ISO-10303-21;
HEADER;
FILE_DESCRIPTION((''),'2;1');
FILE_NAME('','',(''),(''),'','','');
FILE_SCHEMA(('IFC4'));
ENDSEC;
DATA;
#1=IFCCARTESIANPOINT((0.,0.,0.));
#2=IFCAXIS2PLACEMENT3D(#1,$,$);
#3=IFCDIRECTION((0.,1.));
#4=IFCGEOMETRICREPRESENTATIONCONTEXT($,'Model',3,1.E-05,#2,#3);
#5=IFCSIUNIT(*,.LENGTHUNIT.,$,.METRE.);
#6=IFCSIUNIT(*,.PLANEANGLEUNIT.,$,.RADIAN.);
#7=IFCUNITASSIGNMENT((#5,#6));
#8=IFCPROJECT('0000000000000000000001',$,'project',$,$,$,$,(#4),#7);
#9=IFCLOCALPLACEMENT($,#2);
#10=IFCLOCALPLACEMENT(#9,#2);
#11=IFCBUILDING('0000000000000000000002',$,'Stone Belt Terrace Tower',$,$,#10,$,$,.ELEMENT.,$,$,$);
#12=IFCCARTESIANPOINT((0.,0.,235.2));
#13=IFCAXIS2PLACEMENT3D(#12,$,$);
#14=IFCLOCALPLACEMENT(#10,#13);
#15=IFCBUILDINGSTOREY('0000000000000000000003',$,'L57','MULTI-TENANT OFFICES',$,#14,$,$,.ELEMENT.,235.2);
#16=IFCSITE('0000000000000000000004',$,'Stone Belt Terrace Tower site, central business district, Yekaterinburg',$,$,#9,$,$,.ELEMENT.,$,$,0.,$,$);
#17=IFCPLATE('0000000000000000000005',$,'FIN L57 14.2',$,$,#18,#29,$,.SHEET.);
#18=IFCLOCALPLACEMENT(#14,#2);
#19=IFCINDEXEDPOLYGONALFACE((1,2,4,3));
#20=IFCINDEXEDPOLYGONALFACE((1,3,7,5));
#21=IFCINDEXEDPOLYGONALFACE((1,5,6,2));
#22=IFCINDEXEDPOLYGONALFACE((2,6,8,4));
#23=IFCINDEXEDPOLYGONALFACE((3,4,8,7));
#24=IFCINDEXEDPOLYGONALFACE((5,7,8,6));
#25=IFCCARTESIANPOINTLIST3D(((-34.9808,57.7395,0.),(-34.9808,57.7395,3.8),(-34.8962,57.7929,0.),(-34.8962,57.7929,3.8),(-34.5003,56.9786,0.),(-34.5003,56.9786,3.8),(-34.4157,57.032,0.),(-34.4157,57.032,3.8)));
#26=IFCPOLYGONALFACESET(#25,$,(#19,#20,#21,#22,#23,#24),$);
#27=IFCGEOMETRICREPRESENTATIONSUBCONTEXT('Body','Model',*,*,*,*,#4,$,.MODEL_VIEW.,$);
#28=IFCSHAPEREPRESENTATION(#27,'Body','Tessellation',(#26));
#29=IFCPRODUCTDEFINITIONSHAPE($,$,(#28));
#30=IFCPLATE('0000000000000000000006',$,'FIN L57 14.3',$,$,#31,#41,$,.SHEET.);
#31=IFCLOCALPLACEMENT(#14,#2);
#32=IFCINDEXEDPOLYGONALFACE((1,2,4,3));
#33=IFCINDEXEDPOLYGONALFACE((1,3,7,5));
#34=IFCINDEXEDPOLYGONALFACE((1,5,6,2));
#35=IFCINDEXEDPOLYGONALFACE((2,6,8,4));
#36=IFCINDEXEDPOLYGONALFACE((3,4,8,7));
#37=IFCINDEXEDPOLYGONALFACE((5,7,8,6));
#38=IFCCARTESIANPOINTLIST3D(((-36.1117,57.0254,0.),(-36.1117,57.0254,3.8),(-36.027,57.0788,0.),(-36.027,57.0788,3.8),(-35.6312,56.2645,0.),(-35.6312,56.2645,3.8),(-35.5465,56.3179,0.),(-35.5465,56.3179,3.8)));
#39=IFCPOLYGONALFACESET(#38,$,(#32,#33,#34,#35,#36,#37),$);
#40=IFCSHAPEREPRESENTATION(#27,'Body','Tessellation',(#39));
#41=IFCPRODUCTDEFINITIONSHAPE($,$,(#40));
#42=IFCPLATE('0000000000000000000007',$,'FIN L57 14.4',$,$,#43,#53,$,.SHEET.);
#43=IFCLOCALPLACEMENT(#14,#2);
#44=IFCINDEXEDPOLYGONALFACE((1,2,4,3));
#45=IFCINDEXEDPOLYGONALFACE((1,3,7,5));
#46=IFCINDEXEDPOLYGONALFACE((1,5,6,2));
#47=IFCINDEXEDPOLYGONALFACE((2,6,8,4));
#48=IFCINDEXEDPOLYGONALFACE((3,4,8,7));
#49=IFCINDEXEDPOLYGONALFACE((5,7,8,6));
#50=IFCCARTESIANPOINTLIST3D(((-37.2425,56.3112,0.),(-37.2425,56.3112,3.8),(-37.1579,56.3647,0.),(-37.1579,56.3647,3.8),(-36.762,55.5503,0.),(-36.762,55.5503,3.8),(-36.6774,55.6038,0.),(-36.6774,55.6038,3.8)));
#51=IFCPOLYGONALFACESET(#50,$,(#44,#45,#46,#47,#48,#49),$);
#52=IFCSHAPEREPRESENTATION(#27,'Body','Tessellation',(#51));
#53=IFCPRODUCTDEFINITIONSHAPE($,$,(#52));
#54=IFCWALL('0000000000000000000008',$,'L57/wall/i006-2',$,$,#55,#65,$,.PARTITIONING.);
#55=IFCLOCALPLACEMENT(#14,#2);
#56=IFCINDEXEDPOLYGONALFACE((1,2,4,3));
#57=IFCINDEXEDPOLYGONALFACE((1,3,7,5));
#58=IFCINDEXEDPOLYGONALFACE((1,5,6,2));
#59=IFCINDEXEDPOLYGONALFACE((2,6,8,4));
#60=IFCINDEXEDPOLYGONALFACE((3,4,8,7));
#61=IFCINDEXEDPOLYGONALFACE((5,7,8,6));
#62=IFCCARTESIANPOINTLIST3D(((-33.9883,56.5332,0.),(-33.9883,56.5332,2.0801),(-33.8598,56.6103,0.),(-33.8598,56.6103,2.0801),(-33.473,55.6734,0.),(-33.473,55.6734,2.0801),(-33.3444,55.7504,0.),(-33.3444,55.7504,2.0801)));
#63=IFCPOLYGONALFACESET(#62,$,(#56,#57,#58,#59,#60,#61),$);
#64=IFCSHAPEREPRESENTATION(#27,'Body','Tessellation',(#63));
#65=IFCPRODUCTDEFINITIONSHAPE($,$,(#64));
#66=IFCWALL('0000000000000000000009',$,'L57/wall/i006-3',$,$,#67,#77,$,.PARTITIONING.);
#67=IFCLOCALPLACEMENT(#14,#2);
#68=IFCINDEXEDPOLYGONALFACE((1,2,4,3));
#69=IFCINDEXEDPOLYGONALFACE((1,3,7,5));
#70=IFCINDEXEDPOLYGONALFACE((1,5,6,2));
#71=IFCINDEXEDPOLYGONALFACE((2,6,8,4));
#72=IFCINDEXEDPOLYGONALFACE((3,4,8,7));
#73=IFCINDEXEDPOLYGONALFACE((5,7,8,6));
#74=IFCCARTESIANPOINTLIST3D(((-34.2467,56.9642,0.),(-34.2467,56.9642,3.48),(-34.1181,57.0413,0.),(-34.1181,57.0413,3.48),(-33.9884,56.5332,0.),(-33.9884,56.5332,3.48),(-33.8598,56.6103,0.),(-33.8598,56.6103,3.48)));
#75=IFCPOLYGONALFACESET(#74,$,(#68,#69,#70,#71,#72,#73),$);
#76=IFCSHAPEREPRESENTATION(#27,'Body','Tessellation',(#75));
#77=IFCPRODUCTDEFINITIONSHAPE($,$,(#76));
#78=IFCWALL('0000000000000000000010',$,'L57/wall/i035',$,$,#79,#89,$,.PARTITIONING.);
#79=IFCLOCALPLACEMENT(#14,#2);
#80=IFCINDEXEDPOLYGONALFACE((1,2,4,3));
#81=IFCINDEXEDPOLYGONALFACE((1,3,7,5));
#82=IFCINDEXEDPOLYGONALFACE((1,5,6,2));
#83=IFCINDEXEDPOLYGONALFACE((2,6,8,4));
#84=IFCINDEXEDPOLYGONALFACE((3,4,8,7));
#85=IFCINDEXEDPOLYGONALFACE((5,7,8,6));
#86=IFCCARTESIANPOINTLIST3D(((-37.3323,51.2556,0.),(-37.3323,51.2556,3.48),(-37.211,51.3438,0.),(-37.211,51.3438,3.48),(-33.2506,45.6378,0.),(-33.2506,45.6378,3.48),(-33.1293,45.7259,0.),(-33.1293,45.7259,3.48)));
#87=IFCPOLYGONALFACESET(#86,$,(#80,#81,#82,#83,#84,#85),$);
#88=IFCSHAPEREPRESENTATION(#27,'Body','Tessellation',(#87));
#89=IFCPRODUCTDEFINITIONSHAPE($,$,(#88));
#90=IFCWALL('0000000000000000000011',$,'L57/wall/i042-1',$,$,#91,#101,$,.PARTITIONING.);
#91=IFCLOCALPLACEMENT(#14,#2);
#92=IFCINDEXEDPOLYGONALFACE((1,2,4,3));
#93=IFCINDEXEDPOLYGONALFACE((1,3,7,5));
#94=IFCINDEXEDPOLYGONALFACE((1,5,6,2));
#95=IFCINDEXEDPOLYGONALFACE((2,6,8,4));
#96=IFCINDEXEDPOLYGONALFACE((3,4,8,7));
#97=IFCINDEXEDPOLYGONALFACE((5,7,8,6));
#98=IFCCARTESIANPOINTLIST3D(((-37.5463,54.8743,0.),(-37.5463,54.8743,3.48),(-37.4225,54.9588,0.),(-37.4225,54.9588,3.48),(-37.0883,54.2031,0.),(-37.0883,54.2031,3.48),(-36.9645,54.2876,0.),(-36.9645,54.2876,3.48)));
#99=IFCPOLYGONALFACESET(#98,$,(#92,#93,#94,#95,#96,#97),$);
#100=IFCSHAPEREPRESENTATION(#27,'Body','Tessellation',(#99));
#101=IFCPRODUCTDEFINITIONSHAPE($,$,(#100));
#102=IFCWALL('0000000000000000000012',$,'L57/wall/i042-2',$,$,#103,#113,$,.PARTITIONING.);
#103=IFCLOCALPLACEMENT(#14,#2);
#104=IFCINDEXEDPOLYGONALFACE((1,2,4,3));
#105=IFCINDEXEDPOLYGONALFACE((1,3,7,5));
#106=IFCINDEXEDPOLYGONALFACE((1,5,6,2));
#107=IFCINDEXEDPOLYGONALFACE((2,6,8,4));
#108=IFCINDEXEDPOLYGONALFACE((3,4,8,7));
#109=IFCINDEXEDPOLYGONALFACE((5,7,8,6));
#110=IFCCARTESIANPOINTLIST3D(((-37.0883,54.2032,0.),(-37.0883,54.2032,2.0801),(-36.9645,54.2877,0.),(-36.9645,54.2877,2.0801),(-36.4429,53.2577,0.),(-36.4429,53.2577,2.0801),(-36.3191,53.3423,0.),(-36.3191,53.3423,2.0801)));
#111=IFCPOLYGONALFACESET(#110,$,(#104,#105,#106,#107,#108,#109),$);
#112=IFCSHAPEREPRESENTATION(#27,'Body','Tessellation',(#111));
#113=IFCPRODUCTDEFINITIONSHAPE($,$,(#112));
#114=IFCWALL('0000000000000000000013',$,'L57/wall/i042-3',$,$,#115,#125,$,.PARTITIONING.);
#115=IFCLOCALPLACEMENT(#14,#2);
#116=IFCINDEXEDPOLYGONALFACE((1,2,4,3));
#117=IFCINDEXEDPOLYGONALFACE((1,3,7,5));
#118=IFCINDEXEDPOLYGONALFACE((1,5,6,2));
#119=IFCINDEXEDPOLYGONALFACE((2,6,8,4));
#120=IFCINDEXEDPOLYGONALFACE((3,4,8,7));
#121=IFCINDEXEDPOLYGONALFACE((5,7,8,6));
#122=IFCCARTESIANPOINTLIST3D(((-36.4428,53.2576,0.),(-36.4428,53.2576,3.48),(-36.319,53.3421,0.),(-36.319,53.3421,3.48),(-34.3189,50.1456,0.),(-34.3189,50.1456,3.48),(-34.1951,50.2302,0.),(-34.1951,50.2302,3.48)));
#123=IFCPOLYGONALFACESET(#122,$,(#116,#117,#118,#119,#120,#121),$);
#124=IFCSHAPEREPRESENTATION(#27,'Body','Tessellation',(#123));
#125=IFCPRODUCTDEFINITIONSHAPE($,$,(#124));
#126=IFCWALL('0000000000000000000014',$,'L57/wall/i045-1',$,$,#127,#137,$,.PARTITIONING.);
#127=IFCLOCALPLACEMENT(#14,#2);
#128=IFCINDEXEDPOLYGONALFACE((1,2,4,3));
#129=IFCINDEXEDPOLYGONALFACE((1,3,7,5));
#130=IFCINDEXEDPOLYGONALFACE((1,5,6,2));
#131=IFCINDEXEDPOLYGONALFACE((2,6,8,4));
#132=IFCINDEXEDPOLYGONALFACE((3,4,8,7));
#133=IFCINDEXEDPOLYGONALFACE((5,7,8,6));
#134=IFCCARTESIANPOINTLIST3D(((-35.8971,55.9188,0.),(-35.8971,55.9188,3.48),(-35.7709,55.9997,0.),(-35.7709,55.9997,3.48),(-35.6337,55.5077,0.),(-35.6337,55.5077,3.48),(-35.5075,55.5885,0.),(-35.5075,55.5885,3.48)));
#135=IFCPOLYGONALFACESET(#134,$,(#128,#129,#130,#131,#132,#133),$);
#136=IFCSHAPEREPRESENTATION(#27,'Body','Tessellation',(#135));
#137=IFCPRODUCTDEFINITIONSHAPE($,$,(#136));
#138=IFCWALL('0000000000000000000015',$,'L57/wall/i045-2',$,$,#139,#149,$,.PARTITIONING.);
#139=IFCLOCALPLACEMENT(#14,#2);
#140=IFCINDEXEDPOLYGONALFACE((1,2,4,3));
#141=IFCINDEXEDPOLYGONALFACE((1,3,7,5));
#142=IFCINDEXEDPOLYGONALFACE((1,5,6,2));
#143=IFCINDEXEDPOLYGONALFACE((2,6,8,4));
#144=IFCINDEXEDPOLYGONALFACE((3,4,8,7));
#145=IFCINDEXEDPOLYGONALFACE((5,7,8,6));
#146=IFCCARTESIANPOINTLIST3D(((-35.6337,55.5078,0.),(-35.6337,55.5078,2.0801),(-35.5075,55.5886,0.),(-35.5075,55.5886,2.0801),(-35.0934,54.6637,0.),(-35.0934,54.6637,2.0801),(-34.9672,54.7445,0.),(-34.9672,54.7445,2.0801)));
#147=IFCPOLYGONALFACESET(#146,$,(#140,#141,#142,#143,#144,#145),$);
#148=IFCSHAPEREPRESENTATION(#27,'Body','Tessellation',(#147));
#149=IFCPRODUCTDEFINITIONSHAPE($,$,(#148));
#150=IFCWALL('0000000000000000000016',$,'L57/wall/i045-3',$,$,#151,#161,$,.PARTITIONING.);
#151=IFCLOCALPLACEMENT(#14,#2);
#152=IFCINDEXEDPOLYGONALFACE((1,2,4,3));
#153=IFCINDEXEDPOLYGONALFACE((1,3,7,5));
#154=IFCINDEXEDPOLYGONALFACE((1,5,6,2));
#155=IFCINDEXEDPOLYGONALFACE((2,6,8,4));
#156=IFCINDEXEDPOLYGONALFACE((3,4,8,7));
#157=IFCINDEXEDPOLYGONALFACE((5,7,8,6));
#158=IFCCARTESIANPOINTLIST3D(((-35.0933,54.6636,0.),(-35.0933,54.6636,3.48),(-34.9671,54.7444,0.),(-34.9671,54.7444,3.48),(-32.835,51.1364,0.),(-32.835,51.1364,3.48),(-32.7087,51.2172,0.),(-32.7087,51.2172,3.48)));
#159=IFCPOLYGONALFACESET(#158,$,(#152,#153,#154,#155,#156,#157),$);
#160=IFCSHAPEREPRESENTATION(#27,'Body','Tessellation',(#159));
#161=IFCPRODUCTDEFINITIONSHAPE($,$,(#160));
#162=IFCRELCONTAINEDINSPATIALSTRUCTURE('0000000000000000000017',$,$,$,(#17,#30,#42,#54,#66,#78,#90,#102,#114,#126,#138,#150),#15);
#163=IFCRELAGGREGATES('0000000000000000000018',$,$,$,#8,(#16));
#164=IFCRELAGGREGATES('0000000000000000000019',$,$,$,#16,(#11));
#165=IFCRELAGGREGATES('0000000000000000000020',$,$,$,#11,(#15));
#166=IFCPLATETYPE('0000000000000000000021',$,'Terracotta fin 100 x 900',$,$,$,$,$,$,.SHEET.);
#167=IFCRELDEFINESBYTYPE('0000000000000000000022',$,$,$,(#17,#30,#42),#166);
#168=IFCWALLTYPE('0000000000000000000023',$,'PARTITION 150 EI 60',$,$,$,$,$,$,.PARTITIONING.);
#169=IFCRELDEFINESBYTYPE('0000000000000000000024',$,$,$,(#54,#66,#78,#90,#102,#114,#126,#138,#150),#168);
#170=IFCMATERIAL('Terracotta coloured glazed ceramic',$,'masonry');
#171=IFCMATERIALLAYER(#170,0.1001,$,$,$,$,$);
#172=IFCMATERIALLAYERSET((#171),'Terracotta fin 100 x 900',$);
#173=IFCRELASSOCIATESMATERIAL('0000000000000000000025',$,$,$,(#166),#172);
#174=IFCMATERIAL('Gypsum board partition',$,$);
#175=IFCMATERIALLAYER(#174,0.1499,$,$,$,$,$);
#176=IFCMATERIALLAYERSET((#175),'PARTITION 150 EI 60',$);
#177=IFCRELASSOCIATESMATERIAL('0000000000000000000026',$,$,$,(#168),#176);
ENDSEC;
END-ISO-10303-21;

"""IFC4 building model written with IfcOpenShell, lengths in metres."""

from ifc_helpers import new_model, si_unit, direction, frame, frame_2d, origin, origin_2d, place, context, subcontext, project, spatial, rectangle, extrude, material, layer, layer_set, type_object, element, save


model = new_model("IFC4")

# Units and contexts
model_context = context("Model", 3, precision=1e-05, world=origin(), true_north=direction((0.0, 1.0)))
body_context = subcontext(model_context, "Body", "Model", "MODEL_VIEW")
ifc_project = project(units=[si_unit("LENGTHUNIT", "METRE"), si_unit("PLANEANGLEUNIT", "RADIAN")], contexts=[model_context])

# Site, building, storey
site_placement = place(None, origin())
site = spatial("IfcSite", under=ifc_project, at=site_placement, Name="Stone Belt Terrace Tower site, central business district, Yekaterinburg", CompositionType="ELEMENT", RefElevation=0.0)
building_placement = place(site_placement, origin())
building = spatial("IfcBuilding", under=site, at=building_placement, Name="Stone Belt Terrace Tower", CompositionType="ELEMENT")
storey_placement = place(building_placement, frame((0.0, 0.0, 235.2)))
storey = spatial("IfcBuildingStorey", under=building, at=storey_placement, Name="L57", Description="MULTI-TENANT OFFICES", CompositionType="ELEMENT", Elevation=235.2)

# Plates
ifc_material_1 = material(Name="Terracotta coloured glazed ceramic", Category="masonry")
ifc_layer_1 = layer(ifc_material_1, 0.1001)
ifc_layer_set_1 = layer_set([ifc_layer_1], Name="Terracotta fin 100 x 900")
plate_type_1 = type_object("IfcPlateType", Name="Terracotta fin 100 x 900", PredefinedType="SHEET", material=ifc_layer_set_1)
for number, where, z_axis, x_axis, name in (
    (1, (-34.6982, 57.3857, 0.0), (0.0, 0.0, 1.0), (-0.533913, 0.84554, 0.0), "FIN L57 14.2"),
    (2, (-35.8291, 56.6716, 0.0), (0.0, 0.0, 1.0), (-0.533913, 0.84554, 0.0), "FIN L57 14.3"),
    (3, (-36.96, 55.9575, 0.0), (0.0, 0.0, 1.0), (-0.533913, 0.84554, 0.0), "FIN L57 14.4"),
):
    element("IfcPlate", number, at=place(storey_placement, frame(where, z_axis=z_axis, x_axis=x_axis)), inside=storey, type_object=plate_type_1, Name=name, PredefinedType="SHEET", context=body_context, shape_type="SweptSolid", body=[
        extrude(rectangle(XDim=0.8999, YDim=0.1001, at=origin_2d()), origin(), (0.0, 0.0, 1.0), 3.8),
    ])

# Walls
ifc_material_2 = material(Name="Gypsum board partition")
ifc_layer_2 = layer(ifc_material_2, 0.1499)
ifc_layer_set_2 = layer_set([ifc_layer_2], Name="PARTITION 150 EI 60")
wall_type = type_object("IfcWallType", Name="PARTITION 150 EI 60", PredefinedType="PARTITIONING", material=ifc_layer_set_2)
wall_1_placement = place(storey_placement, frame((-33.4087, 55.7119, 0.0), z_axis=(0.0, 0.0, 1.0), x_axis=(-0.514102, 0.857729, 0.0)))
element("IfcWall", 4, at=wall_1_placement, inside=storey, type_object=wall_type, Name="L57/wall/i006-2", PredefinedType="PARTITIONING", context=body_context, shape_type="SweptSolid", body=[
    extrude(rectangle(XDim=1.0024, YDim=0.1499, at=frame_2d((0.5012, 0.0))), origin(), (0.0, 0.0, 1.0), 2.0801),
])
wall_2_placement = place(storey_placement, frame((-33.9241, 56.5718, 0.0), z_axis=(0.0, 0.0, 1.0), x_axis=(-0.514138, 0.857707, 0.0)))
element("IfcWall", 5, at=wall_2_placement, inside=storey, type_object=wall_type, Name="L57/wall/i006-3", PredefinedType="PARTITIONING", context=body_context, shape_type="SweptSolid", body=[
    extrude(rectangle(XDim=0.5024, YDim=0.1499, at=frame_2d((0.2512, 0.0))), origin(), (0.0, 0.0, 1.0), 3.48),
])
wall_3_placement = place(storey_placement, frame((-37.2717, 51.2998, 0.0), z_axis=(0.0, 0.0, 1.0), x_axis=(0.587797, -0.809008, 0.0)))
element("IfcWall", 6, at=wall_3_placement, inside=storey, type_object=wall_type, Name="L57/wall/i035", PredefinedType="PARTITIONING", context=body_context, shape_type="SweptSolid", body=[
    extrude(rectangle(XDim=6.9441, YDim=0.1499, at=frame_2d((3.4722, 0.0))), origin(), (0.0, 0.0, 1.0), 3.48),
])
wall_4_placement = place(storey_placement, frame((-37.4844, 54.9165, 0.0), z_axis=(0.0, 0.0, 1.0), x_axis=(0.563682, -0.825992, 0.0)))
element("IfcWall", 7, at=wall_4_placement, inside=storey, type_object=wall_type, Name="L57/wall/i042-1", PredefinedType="PARTITIONING", context=body_context, shape_type="SweptSolid", body=[
    extrude(rectangle(XDim=0.8125, YDim=0.1499, at=frame_2d((0.4062, 0.0))), origin(), (0.0, 0.0, 1.0), 3.48),
])
wall_5_placement = place(storey_placement, frame((-37.0264, 54.2454, 0.0), z_axis=(0.0, 0.0, 1.0), x_axis=(0.56382, -0.825898, 0.0)))
element("IfcWall", 8, at=wall_5_placement, inside=storey, type_object=wall_type, Name="L57/wall/i042-2", PredefinedType="PARTITIONING", context=body_context, shape_type="SweptSolid", body=[
    extrude(rectangle(XDim=1.1448, YDim=0.1499, at=frame_2d((0.5723, 0.0))), origin(), (0.0, 0.0, 1.0), 2.0801),
])
wall_6_placement = place(storey_placement, frame((-36.3809, 53.2998, 0.0), z_axis=(0.0, 0.0, 1.0), x_axis=(0.563715, -0.82597, 0.0)))
element("IfcWall", 9, at=wall_6_placement, inside=storey, type_object=wall_type, Name="L57/wall/i042-3", PredefinedType="PARTITIONING", context=body_context, shape_type="SweptSolid", body=[
    extrude(rectangle(XDim=3.7676, YDim=0.1499, at=frame_2d((1.8838, 0.0))), origin(), (0.0, 0.0, 1.0), 3.48),
])
wall_7_placement = place(storey_placement, frame((-35.834, 55.9592, 0.0), z_axis=(0.0, 0.0, 1.0), x_axis=(0.539493, -0.84199, 0.0)))
element("IfcWall", 10, at=wall_7_placement, inside=storey, type_object=wall_type, Name="L57/wall/i045-1", PredefinedType="PARTITIONING", context=body_context, shape_type="SweptSolid", body=[
    extrude(rectangle(XDim=0.4883, YDim=0.1499, at=frame_2d((0.2441, 0.0))), origin(), (0.0, 0.0, 1.0), 3.48),
])
wall_8_placement = place(storey_placement, frame((-35.5706, 55.5481, 0.0), z_axis=(0.0, 0.0, 1.0), x_axis=(0.539144, -0.842214, 0.0)))
element("IfcWall", 11, at=wall_8_placement, inside=storey, type_object=wall_type, Name="L57/wall/i045-2", PredefinedType="PARTITIONING", context=body_context, shape_type="SweptSolid", body=[
    extrude(rectangle(XDim=1.0022, YDim=0.1499, at=frame_2d((0.501, 0.0))), origin(), (0.0, 0.0, 1.0), 2.0801),
])
wall_9_placement = place(storey_placement, frame((-35.0303, 54.7041, 0.0), z_axis=(0.0, 0.0, 1.0), x_axis=(0.539216, -0.842168, 0.0)))
element("IfcWall", 12, at=wall_9_placement, inside=storey, type_object=wall_type, Name="L57/wall/i045-3", PredefinedType="PARTITIONING", context=body_context, shape_type="SweptSolid", body=[
    extrude(rectangle(XDim=4.1882, YDim=0.1499, at=frame_2d((2.0942, 0.0))), origin(), (0.0, 0.0, 1.0), 3.48),
])

save(model, "model.ifc")
